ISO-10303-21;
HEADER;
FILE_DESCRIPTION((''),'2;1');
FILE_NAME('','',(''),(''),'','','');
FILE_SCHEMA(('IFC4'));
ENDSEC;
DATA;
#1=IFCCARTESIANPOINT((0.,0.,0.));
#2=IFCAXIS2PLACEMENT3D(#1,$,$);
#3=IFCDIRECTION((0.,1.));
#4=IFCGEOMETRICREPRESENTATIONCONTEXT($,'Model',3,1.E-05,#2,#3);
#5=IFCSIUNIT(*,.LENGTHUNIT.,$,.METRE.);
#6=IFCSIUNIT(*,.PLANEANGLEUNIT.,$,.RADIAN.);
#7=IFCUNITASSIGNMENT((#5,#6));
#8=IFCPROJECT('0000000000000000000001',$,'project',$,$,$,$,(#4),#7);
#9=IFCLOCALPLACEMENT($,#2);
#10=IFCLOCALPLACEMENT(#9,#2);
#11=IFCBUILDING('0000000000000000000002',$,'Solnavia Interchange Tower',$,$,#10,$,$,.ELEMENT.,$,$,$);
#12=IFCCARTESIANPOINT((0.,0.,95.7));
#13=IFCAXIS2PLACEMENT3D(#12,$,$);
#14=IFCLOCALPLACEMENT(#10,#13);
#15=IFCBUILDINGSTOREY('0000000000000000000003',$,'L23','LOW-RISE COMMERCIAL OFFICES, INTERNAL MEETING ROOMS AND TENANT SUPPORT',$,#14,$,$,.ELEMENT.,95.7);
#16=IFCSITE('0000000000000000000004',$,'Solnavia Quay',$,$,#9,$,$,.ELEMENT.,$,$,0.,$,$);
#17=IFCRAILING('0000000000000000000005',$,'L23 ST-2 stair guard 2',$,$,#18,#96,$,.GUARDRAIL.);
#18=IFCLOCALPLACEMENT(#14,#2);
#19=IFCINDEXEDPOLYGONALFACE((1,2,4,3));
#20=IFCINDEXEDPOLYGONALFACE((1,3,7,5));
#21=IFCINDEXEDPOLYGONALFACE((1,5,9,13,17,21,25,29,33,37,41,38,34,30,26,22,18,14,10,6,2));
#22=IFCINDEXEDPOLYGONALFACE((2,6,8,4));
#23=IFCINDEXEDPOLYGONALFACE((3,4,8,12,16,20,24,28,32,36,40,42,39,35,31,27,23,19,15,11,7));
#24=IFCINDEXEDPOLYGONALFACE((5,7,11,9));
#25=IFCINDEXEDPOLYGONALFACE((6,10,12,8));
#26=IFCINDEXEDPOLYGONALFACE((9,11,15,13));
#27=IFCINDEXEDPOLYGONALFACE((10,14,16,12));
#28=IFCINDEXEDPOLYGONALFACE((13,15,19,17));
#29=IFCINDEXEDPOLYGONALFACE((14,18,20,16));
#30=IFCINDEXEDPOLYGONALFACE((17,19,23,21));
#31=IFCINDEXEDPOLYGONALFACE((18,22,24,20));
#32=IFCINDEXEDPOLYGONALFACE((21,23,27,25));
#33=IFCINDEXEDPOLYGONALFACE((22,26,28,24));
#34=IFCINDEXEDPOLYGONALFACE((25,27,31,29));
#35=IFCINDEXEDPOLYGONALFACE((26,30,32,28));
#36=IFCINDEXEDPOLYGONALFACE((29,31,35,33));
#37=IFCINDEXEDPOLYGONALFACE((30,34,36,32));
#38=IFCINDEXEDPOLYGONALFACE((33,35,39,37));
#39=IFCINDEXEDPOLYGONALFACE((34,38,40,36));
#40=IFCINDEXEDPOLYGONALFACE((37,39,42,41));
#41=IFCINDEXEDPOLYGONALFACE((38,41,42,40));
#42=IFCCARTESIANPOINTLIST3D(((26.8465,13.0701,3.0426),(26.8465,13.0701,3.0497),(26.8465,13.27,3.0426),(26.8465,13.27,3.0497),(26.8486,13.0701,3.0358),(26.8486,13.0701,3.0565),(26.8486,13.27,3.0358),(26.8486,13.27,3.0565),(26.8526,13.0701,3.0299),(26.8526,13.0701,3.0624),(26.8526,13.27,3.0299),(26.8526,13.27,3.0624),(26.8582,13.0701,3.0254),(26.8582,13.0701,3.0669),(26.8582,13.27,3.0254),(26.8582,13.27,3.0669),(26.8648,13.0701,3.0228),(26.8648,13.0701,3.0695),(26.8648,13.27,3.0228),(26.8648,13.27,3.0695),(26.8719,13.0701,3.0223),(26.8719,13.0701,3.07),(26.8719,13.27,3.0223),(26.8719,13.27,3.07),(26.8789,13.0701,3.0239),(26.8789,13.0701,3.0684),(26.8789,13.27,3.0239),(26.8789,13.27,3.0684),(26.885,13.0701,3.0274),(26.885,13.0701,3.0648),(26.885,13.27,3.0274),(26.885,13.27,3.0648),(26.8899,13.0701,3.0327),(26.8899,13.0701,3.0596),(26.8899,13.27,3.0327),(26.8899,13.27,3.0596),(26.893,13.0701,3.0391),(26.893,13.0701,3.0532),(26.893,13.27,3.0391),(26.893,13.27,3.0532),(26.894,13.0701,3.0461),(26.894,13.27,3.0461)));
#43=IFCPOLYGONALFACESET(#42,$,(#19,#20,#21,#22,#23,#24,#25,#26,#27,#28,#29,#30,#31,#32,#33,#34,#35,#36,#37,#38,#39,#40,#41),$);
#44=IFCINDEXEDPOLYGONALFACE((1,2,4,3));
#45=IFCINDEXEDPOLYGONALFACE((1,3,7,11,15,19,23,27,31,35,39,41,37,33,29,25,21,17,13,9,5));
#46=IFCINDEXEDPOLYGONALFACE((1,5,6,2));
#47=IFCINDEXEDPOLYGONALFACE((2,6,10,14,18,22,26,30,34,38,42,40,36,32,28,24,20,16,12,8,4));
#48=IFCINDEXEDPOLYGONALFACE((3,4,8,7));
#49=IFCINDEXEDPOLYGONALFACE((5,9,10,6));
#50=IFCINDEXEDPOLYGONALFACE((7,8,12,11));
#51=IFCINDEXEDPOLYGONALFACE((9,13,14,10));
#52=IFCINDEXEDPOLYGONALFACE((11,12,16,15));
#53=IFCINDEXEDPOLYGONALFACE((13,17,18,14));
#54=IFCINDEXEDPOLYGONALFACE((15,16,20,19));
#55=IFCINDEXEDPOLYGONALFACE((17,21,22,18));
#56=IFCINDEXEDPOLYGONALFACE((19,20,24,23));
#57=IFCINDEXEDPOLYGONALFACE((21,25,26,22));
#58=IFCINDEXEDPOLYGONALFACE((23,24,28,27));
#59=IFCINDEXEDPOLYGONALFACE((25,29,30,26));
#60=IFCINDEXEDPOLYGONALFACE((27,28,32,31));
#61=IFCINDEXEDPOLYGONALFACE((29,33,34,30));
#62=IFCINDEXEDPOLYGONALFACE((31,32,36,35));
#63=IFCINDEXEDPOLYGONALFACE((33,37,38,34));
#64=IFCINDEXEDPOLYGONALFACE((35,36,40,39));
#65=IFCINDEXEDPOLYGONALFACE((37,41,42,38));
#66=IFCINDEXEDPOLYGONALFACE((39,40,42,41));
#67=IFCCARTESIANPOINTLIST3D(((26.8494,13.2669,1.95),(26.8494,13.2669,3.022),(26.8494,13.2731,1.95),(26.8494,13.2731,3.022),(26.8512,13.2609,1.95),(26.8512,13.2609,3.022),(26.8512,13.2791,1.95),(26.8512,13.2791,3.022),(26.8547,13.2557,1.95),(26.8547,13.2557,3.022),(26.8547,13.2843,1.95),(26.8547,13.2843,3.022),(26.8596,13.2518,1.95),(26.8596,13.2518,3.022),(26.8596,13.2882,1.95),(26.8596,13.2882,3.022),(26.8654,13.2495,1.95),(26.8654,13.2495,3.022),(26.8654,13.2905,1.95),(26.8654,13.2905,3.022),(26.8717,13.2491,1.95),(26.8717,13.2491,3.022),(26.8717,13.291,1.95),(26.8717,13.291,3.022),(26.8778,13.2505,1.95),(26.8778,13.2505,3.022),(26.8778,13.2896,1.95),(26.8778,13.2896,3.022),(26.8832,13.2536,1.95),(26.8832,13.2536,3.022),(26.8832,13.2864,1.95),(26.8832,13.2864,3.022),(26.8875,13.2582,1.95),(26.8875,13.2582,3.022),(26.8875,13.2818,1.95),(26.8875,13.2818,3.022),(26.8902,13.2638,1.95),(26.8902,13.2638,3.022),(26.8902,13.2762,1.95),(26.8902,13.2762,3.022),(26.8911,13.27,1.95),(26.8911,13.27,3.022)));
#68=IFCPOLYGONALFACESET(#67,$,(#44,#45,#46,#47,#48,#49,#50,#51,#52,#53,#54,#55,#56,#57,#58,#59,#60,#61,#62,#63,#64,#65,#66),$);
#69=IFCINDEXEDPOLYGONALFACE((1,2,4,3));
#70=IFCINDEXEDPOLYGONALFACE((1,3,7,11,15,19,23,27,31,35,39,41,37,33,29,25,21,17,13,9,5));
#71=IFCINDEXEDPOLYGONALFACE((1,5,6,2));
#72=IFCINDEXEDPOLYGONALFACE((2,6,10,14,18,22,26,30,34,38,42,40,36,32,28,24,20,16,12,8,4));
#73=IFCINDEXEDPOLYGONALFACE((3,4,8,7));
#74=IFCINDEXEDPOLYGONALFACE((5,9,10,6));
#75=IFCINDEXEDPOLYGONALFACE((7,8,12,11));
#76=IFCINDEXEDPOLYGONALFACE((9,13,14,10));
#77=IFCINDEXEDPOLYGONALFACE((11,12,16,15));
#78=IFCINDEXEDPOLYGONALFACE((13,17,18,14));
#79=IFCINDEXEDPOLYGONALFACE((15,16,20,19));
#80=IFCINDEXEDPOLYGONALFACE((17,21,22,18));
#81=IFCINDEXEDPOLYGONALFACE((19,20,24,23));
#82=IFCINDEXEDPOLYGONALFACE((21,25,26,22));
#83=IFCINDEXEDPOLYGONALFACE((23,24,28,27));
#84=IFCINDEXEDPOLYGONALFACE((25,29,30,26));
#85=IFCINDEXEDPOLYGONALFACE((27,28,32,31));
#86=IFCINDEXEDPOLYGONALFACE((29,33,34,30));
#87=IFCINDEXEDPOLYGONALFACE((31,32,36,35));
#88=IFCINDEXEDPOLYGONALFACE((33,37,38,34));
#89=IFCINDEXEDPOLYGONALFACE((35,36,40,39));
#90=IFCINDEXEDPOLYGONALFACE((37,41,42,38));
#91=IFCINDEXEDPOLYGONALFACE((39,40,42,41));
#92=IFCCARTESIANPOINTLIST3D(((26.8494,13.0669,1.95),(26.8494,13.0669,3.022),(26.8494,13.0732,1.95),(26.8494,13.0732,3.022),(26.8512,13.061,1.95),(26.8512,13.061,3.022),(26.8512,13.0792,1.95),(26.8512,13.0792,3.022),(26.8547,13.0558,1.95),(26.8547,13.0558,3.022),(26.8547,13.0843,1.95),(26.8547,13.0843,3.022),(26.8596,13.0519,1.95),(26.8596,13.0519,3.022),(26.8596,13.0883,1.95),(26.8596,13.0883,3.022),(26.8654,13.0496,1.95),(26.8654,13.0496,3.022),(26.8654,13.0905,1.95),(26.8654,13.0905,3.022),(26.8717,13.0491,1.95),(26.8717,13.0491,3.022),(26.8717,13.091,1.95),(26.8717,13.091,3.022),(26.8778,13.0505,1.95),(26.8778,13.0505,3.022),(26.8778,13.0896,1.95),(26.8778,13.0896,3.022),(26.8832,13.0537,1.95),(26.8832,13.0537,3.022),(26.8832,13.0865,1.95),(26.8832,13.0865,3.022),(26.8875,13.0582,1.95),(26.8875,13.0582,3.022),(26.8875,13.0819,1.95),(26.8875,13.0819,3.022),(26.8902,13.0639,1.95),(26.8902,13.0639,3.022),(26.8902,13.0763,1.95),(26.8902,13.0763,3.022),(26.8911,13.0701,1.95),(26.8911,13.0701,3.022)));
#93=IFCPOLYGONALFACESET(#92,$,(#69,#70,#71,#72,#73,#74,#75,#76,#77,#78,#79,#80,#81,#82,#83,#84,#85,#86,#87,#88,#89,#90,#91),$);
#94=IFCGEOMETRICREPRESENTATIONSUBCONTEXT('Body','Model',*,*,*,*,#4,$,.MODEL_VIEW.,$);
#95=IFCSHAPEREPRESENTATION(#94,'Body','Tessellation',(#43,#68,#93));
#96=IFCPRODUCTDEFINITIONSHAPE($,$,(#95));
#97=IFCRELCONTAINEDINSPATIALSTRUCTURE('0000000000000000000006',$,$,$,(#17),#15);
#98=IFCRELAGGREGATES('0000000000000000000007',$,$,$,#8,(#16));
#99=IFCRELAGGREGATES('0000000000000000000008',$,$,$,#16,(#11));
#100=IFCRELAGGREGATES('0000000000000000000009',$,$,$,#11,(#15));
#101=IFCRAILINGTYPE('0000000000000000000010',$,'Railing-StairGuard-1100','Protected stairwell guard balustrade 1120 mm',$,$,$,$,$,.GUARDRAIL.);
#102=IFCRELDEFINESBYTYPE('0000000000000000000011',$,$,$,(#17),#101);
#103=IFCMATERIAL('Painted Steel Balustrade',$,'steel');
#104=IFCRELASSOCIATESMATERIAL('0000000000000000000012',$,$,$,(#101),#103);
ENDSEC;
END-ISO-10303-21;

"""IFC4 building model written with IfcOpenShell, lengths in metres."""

from ifc_helpers import new_model, si_unit, direction, frame, origin, origin_2d, place, context, subcontext, project, spatial, circle, extrude, material, type_object, element, save


model = new_model("IFC4")

# Units and contexts
model_context = context("Model", 3, precision=1e-05, world=origin(), true_north=direction((0.0, 1.0)))
body_context = subcontext(model_context, "Body", "Model", "MODEL_VIEW")
ifc_project = project(units=[si_unit("LENGTHUNIT", "METRE"), si_unit("PLANEANGLEUNIT", "RADIAN")], contexts=[model_context])

# Site, building, storey
site_placement = place(None, origin())
site = spatial("IfcSite", under=ifc_project, at=site_placement, Name="Solnavia Quay", CompositionType="ELEMENT", RefElevation=0.0)
building_placement = place(site_placement, origin())
building = spatial("IfcBuilding", under=site, at=building_placement, Name="Solnavia Interchange Tower", CompositionType="ELEMENT")
storey_placement = place(building_placement, frame((0.0, 0.0, 95.7)))
storey = spatial("IfcBuildingStorey", under=building, at=storey_placement, Name="L23", Description="LOW-RISE COMMERCIAL OFFICES, INTERNAL MEETING ROOMS AND TENANT SUPPORT", CompositionType="ELEMENT", Elevation=95.7)

# Railing
ifc_material_1 = material(Name="Painted Steel Balustrade", Category="steel")
railing_type_1 = type_object("IfcRailingType", Name="Railing-StairGuard-1100", Description="Protected stairwell guard balustrade 1120 mm", PredefinedType="GUARDRAIL", material=ifc_material_1)
railing_1_placement = place(storey_placement, frame((26.8701, 13.27, 1.95)))
element("IfcRailing", 1, at=railing_1_placement, inside=storey, type_object=railing_type_1, Name="L23 ST-2 stair guard 2", PredefinedType="GUARDRAIL", context=body_context, shape_type="SweptSolid", body=[
    extrude(circle(Radius=0.0239, at=origin_2d()), frame((0.0, 0.0, 1.0962), z_axis=(0.0, -1.0, 0.0), x_axis=(1.0, 0.0, 0.0)), (0.0, 0.0, 1.0), 0.2),
    extrude(circle(Radius=0.021, at=origin_2d()), origin(), (0.0, 0.0, 1.0), 1.072),
    extrude(circle(Radius=0.021, at=origin_2d()), frame((0.0, -0.2, 0.0)), (0.0, 0.0, 1.0), 1.072),
])

save(model, "model.ifc")
